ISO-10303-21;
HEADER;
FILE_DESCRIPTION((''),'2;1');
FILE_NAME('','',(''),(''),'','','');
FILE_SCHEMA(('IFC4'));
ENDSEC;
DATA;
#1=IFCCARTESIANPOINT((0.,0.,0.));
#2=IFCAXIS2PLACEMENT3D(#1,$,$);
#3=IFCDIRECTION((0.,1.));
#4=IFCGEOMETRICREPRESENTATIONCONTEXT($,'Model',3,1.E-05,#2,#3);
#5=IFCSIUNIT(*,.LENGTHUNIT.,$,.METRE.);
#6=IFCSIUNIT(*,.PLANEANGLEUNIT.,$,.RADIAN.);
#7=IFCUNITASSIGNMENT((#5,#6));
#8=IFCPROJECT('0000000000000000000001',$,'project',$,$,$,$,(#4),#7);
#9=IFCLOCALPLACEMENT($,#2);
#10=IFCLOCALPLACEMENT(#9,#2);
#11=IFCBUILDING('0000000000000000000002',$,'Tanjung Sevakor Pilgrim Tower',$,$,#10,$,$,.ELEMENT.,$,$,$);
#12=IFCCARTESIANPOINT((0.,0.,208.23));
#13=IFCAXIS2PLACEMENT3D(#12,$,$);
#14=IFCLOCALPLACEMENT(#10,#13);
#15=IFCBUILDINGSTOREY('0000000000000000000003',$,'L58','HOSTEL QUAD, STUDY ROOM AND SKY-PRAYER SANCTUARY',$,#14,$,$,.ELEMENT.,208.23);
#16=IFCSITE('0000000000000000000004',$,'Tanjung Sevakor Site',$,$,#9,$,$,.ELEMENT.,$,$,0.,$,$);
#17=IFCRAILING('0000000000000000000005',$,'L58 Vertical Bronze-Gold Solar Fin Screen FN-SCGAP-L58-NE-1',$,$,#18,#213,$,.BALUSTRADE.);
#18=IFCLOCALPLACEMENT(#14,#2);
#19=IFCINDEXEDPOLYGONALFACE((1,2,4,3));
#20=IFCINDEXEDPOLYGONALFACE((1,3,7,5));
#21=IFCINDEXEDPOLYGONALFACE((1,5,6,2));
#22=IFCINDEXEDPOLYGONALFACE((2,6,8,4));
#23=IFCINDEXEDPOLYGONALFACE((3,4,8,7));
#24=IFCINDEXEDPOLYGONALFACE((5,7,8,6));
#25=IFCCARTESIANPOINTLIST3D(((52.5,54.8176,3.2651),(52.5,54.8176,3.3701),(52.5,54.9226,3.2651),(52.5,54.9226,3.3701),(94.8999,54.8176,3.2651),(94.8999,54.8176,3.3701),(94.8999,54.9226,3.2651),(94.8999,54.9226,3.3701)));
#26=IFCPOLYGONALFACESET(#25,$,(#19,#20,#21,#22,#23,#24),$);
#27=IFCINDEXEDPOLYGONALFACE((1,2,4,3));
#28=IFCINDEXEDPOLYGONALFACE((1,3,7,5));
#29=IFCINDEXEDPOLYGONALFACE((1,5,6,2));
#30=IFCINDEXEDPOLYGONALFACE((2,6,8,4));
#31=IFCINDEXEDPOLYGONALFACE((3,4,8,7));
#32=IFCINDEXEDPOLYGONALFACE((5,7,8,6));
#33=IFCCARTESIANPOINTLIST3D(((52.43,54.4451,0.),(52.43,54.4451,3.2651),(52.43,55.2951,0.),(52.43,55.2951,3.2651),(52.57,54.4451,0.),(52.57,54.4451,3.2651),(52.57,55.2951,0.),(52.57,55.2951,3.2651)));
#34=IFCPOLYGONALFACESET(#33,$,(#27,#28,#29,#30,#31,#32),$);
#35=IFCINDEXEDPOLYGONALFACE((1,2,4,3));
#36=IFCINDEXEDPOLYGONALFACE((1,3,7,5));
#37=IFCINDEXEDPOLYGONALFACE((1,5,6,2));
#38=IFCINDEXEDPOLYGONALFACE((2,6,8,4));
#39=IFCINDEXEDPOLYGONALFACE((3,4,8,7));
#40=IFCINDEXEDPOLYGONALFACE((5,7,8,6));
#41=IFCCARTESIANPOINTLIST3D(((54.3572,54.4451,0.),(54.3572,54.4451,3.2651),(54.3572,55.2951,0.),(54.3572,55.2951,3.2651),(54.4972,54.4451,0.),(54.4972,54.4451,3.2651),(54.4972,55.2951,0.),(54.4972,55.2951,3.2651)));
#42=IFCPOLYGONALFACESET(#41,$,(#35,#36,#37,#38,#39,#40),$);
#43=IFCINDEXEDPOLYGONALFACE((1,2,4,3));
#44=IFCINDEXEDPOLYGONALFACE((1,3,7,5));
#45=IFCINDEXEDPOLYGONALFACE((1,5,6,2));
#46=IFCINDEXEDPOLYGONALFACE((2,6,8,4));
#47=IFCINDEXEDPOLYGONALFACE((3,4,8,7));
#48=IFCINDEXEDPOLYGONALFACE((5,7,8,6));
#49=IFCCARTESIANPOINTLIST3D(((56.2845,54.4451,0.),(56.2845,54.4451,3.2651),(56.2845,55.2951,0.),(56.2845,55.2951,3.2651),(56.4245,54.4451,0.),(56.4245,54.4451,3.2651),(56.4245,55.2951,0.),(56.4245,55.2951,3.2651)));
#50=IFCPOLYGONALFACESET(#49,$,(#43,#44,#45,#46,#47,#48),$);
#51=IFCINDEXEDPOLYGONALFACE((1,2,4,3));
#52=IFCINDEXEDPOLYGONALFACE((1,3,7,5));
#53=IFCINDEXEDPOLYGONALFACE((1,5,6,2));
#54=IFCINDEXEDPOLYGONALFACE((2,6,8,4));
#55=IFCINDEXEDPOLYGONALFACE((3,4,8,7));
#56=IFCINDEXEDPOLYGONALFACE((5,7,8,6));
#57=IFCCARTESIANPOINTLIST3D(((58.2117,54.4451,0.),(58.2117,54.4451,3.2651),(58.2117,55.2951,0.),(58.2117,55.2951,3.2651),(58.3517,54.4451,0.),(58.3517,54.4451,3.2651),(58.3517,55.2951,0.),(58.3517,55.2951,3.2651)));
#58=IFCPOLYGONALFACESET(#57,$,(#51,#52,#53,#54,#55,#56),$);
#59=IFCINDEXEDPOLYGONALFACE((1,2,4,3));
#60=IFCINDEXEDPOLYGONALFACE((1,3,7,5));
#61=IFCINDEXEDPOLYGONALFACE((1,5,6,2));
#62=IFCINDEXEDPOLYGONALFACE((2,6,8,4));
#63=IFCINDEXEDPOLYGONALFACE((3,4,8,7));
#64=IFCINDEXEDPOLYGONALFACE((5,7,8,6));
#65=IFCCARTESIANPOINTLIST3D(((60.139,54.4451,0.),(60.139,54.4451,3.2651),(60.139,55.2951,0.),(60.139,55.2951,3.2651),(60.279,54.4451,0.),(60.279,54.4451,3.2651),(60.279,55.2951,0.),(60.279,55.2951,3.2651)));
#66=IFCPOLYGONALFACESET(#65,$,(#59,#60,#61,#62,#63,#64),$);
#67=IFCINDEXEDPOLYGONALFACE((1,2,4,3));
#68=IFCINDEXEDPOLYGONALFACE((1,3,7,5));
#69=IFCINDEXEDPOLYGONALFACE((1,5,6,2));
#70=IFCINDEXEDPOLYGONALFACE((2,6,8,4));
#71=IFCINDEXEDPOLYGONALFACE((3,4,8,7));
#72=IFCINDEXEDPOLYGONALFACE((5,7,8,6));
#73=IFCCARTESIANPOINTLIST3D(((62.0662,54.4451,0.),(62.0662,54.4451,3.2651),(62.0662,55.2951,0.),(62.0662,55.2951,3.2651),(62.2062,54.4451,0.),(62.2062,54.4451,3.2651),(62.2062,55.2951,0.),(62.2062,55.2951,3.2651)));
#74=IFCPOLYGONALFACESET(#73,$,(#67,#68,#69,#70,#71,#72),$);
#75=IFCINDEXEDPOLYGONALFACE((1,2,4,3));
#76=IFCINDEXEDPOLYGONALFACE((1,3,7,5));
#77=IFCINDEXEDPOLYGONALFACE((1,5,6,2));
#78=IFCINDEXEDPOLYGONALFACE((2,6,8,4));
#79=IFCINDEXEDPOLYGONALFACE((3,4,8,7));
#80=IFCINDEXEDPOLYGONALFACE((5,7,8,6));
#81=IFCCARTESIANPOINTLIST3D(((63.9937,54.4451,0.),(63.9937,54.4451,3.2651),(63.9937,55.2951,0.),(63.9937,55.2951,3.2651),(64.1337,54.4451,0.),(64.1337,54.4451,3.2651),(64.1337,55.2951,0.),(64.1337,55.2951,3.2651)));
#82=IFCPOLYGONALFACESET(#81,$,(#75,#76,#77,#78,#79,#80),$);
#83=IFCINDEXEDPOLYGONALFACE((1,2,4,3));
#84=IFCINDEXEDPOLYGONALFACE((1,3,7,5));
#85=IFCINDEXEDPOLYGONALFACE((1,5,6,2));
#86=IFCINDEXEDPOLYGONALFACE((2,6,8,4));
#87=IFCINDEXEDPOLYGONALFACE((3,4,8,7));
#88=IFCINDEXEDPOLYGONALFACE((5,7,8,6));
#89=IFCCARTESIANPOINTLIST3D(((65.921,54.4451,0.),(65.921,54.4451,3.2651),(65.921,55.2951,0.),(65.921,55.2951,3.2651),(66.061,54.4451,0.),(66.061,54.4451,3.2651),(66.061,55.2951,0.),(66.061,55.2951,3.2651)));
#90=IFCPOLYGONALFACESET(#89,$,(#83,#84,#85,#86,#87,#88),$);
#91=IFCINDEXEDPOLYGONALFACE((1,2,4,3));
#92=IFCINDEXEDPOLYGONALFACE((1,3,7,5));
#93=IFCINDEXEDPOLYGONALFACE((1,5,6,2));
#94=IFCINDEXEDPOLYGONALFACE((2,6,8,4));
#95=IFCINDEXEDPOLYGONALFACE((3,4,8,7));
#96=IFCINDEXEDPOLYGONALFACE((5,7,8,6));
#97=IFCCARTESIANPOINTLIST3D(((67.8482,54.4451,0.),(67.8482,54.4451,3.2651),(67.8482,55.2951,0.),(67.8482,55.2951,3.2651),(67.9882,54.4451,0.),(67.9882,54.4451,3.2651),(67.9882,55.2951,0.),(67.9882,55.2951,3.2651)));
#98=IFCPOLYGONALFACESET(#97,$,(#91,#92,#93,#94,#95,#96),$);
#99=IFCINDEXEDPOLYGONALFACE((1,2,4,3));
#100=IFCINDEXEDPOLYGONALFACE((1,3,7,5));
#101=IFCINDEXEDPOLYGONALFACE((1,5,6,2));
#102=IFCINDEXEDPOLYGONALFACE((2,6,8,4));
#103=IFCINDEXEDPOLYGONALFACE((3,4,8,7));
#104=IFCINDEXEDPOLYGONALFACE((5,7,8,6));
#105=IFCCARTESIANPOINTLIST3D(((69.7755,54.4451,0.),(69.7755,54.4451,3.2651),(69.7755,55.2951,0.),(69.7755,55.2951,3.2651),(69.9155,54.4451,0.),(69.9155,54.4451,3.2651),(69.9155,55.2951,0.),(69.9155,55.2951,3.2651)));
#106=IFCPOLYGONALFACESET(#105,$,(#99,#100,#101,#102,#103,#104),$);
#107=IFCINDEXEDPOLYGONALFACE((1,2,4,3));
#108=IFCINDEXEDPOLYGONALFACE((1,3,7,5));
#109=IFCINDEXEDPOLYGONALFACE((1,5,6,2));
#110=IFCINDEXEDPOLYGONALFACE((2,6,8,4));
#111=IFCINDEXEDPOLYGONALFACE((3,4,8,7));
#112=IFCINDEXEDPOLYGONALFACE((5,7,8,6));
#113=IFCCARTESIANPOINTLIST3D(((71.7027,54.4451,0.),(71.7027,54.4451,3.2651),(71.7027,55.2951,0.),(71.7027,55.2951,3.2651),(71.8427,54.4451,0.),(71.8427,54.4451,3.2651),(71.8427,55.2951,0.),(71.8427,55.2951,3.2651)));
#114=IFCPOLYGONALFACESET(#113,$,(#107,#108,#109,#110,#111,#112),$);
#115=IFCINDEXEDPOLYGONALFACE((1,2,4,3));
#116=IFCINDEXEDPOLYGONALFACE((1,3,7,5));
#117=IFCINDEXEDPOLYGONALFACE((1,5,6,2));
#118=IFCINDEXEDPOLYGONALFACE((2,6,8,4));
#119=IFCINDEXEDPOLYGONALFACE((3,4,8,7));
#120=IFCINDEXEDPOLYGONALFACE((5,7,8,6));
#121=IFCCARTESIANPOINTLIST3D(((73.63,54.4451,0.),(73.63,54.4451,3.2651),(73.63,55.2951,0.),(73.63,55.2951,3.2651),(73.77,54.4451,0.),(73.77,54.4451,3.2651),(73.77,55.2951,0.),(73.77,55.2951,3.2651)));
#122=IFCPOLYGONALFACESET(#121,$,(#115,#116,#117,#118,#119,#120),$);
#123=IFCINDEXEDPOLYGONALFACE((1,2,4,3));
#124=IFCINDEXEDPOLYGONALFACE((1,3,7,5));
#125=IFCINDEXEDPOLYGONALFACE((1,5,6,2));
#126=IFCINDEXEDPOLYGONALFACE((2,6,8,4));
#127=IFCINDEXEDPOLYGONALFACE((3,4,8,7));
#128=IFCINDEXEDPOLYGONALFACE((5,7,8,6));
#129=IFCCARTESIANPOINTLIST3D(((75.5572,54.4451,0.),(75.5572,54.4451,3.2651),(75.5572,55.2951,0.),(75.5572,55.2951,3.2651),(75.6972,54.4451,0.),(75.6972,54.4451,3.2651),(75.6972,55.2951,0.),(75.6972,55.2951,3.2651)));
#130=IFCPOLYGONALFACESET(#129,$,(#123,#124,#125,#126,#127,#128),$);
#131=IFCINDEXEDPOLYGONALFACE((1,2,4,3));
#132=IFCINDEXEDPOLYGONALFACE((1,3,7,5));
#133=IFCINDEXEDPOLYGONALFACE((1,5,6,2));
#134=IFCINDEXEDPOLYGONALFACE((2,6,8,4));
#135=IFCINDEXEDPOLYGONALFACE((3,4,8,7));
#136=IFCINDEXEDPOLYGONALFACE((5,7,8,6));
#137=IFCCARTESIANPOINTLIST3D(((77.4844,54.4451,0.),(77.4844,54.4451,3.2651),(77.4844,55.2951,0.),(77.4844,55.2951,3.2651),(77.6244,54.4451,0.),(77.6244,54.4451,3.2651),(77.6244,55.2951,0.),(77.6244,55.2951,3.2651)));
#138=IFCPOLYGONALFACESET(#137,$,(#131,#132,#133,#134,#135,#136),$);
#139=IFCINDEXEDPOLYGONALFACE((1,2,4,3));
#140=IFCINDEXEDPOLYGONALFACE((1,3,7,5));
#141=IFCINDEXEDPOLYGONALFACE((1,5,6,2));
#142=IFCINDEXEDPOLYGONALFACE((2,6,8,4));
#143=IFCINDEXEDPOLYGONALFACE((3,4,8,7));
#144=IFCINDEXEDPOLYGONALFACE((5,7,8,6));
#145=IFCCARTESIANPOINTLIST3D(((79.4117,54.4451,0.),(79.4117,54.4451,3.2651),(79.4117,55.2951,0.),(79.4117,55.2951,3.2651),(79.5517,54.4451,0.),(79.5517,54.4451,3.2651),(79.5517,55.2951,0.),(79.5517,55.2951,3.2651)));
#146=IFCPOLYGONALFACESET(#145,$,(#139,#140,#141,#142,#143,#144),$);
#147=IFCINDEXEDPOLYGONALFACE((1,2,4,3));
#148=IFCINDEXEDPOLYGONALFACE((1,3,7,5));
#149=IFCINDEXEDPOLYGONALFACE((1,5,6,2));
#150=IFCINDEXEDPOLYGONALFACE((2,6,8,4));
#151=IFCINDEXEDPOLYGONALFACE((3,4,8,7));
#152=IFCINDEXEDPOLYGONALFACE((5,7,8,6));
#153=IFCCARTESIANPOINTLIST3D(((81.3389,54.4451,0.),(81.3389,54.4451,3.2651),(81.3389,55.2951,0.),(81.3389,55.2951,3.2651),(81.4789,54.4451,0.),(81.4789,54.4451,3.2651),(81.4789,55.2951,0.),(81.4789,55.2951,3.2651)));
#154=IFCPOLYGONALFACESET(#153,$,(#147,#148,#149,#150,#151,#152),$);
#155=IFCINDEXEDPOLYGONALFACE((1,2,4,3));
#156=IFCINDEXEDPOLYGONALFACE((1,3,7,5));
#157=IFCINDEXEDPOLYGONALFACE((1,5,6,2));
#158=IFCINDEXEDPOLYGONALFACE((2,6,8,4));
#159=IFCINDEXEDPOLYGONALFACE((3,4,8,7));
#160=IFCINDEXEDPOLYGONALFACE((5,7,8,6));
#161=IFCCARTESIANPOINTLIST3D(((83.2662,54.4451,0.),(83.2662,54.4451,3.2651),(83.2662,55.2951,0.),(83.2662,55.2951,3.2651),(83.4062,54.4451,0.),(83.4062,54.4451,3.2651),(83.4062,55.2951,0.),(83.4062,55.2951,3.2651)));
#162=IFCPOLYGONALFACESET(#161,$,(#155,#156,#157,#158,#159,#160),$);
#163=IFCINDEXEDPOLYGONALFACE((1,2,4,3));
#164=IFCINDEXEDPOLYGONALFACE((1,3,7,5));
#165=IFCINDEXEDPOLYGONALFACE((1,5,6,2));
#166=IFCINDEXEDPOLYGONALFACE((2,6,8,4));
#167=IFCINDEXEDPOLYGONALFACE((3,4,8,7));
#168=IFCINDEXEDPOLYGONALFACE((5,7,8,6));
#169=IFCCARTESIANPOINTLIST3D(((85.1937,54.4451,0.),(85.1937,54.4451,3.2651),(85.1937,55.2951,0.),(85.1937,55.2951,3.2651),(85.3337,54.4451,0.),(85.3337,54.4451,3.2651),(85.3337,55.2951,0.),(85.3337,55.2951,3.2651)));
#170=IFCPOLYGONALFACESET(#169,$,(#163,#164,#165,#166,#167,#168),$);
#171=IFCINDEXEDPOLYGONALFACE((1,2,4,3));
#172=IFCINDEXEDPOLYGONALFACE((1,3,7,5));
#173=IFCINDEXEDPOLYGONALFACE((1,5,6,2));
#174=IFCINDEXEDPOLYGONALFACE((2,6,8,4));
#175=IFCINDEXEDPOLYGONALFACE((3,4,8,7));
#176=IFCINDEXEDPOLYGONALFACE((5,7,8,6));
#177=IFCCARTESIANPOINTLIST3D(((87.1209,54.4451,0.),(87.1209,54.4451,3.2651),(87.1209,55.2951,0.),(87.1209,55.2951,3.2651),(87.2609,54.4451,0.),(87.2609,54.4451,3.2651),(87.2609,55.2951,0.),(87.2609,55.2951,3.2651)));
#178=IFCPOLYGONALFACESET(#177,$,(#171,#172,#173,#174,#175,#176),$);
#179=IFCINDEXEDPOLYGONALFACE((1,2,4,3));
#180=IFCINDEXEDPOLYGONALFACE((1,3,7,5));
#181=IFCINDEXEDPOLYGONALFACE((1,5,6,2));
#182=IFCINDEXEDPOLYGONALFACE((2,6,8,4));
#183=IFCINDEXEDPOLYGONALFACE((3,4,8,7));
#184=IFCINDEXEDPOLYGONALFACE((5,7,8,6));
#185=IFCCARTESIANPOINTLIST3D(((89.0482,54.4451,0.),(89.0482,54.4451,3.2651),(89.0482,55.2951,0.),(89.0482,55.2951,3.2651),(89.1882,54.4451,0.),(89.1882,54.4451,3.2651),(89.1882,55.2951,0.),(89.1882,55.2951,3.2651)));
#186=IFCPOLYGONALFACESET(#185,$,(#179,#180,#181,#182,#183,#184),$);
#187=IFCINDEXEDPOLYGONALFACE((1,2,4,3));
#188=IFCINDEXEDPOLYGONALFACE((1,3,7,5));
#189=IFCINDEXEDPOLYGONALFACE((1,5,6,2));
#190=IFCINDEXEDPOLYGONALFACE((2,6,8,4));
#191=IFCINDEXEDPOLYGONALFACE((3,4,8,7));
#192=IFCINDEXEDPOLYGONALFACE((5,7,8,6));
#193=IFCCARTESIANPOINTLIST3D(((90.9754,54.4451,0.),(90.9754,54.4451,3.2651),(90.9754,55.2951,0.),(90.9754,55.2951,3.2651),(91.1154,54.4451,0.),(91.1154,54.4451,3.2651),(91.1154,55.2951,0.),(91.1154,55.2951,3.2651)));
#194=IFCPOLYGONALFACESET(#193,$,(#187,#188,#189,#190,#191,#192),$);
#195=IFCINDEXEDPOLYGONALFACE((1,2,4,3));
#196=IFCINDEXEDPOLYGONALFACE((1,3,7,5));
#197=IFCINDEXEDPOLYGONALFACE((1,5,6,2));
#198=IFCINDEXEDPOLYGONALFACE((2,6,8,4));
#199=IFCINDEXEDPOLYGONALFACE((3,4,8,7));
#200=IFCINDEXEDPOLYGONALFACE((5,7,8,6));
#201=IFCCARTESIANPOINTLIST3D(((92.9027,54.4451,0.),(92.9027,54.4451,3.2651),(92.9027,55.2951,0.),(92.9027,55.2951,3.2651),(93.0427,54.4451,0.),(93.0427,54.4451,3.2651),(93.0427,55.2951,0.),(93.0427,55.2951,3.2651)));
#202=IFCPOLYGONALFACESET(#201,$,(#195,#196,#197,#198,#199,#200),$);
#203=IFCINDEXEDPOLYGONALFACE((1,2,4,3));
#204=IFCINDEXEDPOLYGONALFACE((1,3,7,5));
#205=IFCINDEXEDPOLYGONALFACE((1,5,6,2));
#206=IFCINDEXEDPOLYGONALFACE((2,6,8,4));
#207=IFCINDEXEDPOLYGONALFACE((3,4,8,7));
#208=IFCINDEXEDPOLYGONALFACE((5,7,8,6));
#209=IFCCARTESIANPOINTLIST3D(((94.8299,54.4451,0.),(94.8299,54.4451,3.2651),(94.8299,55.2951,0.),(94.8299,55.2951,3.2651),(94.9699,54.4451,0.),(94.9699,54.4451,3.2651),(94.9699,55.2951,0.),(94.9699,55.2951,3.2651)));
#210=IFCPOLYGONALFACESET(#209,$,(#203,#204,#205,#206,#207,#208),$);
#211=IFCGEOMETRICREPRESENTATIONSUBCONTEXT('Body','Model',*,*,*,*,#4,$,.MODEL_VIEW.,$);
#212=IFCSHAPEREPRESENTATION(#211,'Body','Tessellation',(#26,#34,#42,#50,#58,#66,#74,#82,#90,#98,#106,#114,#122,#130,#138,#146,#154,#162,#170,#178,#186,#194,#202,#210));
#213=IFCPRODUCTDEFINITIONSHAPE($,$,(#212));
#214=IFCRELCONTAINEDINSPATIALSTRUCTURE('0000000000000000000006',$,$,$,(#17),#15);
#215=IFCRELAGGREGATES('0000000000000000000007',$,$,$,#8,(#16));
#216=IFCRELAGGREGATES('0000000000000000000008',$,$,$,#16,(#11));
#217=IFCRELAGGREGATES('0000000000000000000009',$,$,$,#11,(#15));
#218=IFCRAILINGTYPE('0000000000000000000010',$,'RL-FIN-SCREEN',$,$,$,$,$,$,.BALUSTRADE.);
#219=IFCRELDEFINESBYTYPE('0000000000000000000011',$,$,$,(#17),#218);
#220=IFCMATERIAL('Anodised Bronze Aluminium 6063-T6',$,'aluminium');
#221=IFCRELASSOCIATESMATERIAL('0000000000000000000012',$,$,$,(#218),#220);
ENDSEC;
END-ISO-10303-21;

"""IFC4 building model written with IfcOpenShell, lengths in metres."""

from ifc_helpers import new_model, si_unit, direction, frame, origin, place, context, subcontext, project, spatial, rectangle, extrude, material, type_object, element, save


model = new_model("IFC4")

# Units and contexts
model_context = context("Model", 3, precision=1e-05, world=origin(), true_north=direction((0.0, 1.0)))
body_context = subcontext(model_context, "Body", "Model", "MODEL_VIEW")
ifc_project = project(units=[si_unit("LENGTHUNIT", "METRE"), si_unit("PLANEANGLEUNIT", "RADIAN")], contexts=[model_context])

# Site, building, storey
site_placement = place(None, origin())
site = spatial("IfcSite", under=ifc_project, at=site_placement, Name="Tanjung Sevakor Site", CompositionType="ELEMENT", RefElevation=0.0)
building_placement = place(site_placement, origin())
building = spatial("IfcBuilding", under=site, at=building_placement, Name="Tanjung Sevakor Pilgrim Tower", CompositionType="ELEMENT")
storey_placement = place(building_placement, frame((0.0, 0.0, 208.23)))
storey = spatial("IfcBuildingStorey", under=building, at=storey_placement, Name="L58", Description="HOSTEL QUAD, STUDY ROOM AND SKY-PRAYER SANCTUARY", CompositionType="ELEMENT", Elevation=208.23)

# Railing
ifc_material_1 = material(Name="Anodised Bronze Aluminium 6063-T6", Category="aluminium")
railing_type_1 = type_object("IfcRailingType", Name="RL-FIN-SCREEN", PredefinedType="BALUSTRADE", material=ifc_material_1)
railing_1_placement = place(storey_placement, frame((52.5, 54.8701, 0.0)))
element("IfcRailing", 1, at=railing_1_placement, inside=storey, type_object=railing_type_1, Name="L58 Vertical Bronze-Gold Solar Fin Screen FN-SCGAP-L58-NE-1", PredefinedType="BALUSTRADE", context=body_context, shape_type="SweptSolid", body=[
    extrude(rectangle(XDim=0.105, YDim=0.105), frame((0.0, 0.0, 3.3176), z_axis=(1.0, 0.0, 0.0), x_axis=(0.0, 1.0, 0.0)), (0.0, 0.0, 1.0), 42.3999),
    extrude(rectangle(XDim=0.14, YDim=0.85), origin(), (0.0, 0.0, 1.0), 3.2651),
    extrude(rectangle(XDim=0.14, YDim=0.85), frame((1.9272, 0.0, 0.0)), (0.0, 0.0, 1.0), 3.2651),
    extrude(rectangle(XDim=0.14, YDim=0.85), frame((3.8545, 0.0, 0.0)), (0.0, 0.0, 1.0), 3.2651),
    extrude(rectangle(XDim=0.14, YDim=0.85), frame((5.7817, 0.0, 0.0)), (0.0, 0.0, 1.0), 3.2651),
    extrude(rectangle(XDim=0.14, YDim=0.85), frame((7.709, 0.0, 0.0)), (0.0, 0.0, 1.0), 3.2651),
    extrude(rectangle(XDim=0.14, YDim=0.85), frame((9.6362, 0.0, 0.0)), (0.0, 0.0, 1.0), 3.2651),
    extrude(rectangle(XDim=0.14, YDim=0.85), frame((11.5637, 0.0, 0.0)), (0.0, 0.0, 1.0), 3.2651),
    extrude(rectangle(XDim=0.14, YDim=0.85), frame((13.491, 0.0, 0.0)), (0.0, 0.0, 1.0), 3.2651),
    extrude(rectangle(XDim=0.14, YDim=0.85), frame((15.4182, 0.0, 0.0)), (0.0, 0.0, 1.0), 3.2651),
    extrude(rectangle(XDim=0.14, YDim=0.85), frame((17.3455, 0.0, 0.0)), (0.0, 0.0, 1.0), 3.2651),
    extrude(rectangle(XDim=0.14, YDim=0.85), frame((19.2727, 0.0, 0.0)), (0.0, 0.0, 1.0), 3.2651),
    extrude(rectangle(XDim=0.14, YDim=0.85), frame((21.2, 0.0, 0.0)), (0.0, 0.0, 1.0), 3.2651),
    extrude(rectangle(XDim=0.14, YDim=0.85), frame((23.1272, 0.0, 0.0)), (0.0, 0.0, 1.0), 3.2651),
    extrude(rectangle(XDim=0.14, YDim=0.85), frame((25.0544, 0.0, 0.0)), (0.0, 0.0, 1.0), 3.2651),
    extrude(rectangle(XDim=0.14, YDim=0.85), frame((26.9817, 0.0, 0.0)), (0.0, 0.0, 1.0), 3.2651),
    extrude(rectangle(XDim=0.14, YDim=0.85), frame((28.9089, 0.0, 0.0)), (0.0, 0.0, 1.0), 3.2651),
    extrude(rectangle(XDim=0.14, YDim=0.85), frame((30.8362, 0.0, 0.0)), (0.0, 0.0, 1.0), 3.2651),
    extrude(rectangle(XDim=0.14, YDim=0.85), frame((32.7637, 0.0, 0.0)), (0.0, 0.0, 1.0), 3.2651),
    extrude(rectangle(XDim=0.14, YDim=0.85), frame((34.6909, 0.0, 0.0)), (0.0, 0.0, 1.0), 3.2651),
    extrude(rectangle(XDim=0.14, YDim=0.85), frame((36.6182, 0.0, 0.0)), (0.0, 0.0, 1.0), 3.2651),
    extrude(rectangle(XDim=0.14, YDim=0.85), frame((38.5454, 0.0, 0.0)), (0.0, 0.0, 1.0), 3.2651),
    extrude(rectangle(XDim=0.14, YDim=0.85), frame((40.4727, 0.0, 0.0)), (0.0, 0.0, 1.0), 3.2651),
    extrude(rectangle(XDim=0.14, YDim=0.85), frame((42.3999, 0.0, 0.0)), (0.0, 0.0, 1.0), 3.2651),
])

save(model, "model.ifc")
